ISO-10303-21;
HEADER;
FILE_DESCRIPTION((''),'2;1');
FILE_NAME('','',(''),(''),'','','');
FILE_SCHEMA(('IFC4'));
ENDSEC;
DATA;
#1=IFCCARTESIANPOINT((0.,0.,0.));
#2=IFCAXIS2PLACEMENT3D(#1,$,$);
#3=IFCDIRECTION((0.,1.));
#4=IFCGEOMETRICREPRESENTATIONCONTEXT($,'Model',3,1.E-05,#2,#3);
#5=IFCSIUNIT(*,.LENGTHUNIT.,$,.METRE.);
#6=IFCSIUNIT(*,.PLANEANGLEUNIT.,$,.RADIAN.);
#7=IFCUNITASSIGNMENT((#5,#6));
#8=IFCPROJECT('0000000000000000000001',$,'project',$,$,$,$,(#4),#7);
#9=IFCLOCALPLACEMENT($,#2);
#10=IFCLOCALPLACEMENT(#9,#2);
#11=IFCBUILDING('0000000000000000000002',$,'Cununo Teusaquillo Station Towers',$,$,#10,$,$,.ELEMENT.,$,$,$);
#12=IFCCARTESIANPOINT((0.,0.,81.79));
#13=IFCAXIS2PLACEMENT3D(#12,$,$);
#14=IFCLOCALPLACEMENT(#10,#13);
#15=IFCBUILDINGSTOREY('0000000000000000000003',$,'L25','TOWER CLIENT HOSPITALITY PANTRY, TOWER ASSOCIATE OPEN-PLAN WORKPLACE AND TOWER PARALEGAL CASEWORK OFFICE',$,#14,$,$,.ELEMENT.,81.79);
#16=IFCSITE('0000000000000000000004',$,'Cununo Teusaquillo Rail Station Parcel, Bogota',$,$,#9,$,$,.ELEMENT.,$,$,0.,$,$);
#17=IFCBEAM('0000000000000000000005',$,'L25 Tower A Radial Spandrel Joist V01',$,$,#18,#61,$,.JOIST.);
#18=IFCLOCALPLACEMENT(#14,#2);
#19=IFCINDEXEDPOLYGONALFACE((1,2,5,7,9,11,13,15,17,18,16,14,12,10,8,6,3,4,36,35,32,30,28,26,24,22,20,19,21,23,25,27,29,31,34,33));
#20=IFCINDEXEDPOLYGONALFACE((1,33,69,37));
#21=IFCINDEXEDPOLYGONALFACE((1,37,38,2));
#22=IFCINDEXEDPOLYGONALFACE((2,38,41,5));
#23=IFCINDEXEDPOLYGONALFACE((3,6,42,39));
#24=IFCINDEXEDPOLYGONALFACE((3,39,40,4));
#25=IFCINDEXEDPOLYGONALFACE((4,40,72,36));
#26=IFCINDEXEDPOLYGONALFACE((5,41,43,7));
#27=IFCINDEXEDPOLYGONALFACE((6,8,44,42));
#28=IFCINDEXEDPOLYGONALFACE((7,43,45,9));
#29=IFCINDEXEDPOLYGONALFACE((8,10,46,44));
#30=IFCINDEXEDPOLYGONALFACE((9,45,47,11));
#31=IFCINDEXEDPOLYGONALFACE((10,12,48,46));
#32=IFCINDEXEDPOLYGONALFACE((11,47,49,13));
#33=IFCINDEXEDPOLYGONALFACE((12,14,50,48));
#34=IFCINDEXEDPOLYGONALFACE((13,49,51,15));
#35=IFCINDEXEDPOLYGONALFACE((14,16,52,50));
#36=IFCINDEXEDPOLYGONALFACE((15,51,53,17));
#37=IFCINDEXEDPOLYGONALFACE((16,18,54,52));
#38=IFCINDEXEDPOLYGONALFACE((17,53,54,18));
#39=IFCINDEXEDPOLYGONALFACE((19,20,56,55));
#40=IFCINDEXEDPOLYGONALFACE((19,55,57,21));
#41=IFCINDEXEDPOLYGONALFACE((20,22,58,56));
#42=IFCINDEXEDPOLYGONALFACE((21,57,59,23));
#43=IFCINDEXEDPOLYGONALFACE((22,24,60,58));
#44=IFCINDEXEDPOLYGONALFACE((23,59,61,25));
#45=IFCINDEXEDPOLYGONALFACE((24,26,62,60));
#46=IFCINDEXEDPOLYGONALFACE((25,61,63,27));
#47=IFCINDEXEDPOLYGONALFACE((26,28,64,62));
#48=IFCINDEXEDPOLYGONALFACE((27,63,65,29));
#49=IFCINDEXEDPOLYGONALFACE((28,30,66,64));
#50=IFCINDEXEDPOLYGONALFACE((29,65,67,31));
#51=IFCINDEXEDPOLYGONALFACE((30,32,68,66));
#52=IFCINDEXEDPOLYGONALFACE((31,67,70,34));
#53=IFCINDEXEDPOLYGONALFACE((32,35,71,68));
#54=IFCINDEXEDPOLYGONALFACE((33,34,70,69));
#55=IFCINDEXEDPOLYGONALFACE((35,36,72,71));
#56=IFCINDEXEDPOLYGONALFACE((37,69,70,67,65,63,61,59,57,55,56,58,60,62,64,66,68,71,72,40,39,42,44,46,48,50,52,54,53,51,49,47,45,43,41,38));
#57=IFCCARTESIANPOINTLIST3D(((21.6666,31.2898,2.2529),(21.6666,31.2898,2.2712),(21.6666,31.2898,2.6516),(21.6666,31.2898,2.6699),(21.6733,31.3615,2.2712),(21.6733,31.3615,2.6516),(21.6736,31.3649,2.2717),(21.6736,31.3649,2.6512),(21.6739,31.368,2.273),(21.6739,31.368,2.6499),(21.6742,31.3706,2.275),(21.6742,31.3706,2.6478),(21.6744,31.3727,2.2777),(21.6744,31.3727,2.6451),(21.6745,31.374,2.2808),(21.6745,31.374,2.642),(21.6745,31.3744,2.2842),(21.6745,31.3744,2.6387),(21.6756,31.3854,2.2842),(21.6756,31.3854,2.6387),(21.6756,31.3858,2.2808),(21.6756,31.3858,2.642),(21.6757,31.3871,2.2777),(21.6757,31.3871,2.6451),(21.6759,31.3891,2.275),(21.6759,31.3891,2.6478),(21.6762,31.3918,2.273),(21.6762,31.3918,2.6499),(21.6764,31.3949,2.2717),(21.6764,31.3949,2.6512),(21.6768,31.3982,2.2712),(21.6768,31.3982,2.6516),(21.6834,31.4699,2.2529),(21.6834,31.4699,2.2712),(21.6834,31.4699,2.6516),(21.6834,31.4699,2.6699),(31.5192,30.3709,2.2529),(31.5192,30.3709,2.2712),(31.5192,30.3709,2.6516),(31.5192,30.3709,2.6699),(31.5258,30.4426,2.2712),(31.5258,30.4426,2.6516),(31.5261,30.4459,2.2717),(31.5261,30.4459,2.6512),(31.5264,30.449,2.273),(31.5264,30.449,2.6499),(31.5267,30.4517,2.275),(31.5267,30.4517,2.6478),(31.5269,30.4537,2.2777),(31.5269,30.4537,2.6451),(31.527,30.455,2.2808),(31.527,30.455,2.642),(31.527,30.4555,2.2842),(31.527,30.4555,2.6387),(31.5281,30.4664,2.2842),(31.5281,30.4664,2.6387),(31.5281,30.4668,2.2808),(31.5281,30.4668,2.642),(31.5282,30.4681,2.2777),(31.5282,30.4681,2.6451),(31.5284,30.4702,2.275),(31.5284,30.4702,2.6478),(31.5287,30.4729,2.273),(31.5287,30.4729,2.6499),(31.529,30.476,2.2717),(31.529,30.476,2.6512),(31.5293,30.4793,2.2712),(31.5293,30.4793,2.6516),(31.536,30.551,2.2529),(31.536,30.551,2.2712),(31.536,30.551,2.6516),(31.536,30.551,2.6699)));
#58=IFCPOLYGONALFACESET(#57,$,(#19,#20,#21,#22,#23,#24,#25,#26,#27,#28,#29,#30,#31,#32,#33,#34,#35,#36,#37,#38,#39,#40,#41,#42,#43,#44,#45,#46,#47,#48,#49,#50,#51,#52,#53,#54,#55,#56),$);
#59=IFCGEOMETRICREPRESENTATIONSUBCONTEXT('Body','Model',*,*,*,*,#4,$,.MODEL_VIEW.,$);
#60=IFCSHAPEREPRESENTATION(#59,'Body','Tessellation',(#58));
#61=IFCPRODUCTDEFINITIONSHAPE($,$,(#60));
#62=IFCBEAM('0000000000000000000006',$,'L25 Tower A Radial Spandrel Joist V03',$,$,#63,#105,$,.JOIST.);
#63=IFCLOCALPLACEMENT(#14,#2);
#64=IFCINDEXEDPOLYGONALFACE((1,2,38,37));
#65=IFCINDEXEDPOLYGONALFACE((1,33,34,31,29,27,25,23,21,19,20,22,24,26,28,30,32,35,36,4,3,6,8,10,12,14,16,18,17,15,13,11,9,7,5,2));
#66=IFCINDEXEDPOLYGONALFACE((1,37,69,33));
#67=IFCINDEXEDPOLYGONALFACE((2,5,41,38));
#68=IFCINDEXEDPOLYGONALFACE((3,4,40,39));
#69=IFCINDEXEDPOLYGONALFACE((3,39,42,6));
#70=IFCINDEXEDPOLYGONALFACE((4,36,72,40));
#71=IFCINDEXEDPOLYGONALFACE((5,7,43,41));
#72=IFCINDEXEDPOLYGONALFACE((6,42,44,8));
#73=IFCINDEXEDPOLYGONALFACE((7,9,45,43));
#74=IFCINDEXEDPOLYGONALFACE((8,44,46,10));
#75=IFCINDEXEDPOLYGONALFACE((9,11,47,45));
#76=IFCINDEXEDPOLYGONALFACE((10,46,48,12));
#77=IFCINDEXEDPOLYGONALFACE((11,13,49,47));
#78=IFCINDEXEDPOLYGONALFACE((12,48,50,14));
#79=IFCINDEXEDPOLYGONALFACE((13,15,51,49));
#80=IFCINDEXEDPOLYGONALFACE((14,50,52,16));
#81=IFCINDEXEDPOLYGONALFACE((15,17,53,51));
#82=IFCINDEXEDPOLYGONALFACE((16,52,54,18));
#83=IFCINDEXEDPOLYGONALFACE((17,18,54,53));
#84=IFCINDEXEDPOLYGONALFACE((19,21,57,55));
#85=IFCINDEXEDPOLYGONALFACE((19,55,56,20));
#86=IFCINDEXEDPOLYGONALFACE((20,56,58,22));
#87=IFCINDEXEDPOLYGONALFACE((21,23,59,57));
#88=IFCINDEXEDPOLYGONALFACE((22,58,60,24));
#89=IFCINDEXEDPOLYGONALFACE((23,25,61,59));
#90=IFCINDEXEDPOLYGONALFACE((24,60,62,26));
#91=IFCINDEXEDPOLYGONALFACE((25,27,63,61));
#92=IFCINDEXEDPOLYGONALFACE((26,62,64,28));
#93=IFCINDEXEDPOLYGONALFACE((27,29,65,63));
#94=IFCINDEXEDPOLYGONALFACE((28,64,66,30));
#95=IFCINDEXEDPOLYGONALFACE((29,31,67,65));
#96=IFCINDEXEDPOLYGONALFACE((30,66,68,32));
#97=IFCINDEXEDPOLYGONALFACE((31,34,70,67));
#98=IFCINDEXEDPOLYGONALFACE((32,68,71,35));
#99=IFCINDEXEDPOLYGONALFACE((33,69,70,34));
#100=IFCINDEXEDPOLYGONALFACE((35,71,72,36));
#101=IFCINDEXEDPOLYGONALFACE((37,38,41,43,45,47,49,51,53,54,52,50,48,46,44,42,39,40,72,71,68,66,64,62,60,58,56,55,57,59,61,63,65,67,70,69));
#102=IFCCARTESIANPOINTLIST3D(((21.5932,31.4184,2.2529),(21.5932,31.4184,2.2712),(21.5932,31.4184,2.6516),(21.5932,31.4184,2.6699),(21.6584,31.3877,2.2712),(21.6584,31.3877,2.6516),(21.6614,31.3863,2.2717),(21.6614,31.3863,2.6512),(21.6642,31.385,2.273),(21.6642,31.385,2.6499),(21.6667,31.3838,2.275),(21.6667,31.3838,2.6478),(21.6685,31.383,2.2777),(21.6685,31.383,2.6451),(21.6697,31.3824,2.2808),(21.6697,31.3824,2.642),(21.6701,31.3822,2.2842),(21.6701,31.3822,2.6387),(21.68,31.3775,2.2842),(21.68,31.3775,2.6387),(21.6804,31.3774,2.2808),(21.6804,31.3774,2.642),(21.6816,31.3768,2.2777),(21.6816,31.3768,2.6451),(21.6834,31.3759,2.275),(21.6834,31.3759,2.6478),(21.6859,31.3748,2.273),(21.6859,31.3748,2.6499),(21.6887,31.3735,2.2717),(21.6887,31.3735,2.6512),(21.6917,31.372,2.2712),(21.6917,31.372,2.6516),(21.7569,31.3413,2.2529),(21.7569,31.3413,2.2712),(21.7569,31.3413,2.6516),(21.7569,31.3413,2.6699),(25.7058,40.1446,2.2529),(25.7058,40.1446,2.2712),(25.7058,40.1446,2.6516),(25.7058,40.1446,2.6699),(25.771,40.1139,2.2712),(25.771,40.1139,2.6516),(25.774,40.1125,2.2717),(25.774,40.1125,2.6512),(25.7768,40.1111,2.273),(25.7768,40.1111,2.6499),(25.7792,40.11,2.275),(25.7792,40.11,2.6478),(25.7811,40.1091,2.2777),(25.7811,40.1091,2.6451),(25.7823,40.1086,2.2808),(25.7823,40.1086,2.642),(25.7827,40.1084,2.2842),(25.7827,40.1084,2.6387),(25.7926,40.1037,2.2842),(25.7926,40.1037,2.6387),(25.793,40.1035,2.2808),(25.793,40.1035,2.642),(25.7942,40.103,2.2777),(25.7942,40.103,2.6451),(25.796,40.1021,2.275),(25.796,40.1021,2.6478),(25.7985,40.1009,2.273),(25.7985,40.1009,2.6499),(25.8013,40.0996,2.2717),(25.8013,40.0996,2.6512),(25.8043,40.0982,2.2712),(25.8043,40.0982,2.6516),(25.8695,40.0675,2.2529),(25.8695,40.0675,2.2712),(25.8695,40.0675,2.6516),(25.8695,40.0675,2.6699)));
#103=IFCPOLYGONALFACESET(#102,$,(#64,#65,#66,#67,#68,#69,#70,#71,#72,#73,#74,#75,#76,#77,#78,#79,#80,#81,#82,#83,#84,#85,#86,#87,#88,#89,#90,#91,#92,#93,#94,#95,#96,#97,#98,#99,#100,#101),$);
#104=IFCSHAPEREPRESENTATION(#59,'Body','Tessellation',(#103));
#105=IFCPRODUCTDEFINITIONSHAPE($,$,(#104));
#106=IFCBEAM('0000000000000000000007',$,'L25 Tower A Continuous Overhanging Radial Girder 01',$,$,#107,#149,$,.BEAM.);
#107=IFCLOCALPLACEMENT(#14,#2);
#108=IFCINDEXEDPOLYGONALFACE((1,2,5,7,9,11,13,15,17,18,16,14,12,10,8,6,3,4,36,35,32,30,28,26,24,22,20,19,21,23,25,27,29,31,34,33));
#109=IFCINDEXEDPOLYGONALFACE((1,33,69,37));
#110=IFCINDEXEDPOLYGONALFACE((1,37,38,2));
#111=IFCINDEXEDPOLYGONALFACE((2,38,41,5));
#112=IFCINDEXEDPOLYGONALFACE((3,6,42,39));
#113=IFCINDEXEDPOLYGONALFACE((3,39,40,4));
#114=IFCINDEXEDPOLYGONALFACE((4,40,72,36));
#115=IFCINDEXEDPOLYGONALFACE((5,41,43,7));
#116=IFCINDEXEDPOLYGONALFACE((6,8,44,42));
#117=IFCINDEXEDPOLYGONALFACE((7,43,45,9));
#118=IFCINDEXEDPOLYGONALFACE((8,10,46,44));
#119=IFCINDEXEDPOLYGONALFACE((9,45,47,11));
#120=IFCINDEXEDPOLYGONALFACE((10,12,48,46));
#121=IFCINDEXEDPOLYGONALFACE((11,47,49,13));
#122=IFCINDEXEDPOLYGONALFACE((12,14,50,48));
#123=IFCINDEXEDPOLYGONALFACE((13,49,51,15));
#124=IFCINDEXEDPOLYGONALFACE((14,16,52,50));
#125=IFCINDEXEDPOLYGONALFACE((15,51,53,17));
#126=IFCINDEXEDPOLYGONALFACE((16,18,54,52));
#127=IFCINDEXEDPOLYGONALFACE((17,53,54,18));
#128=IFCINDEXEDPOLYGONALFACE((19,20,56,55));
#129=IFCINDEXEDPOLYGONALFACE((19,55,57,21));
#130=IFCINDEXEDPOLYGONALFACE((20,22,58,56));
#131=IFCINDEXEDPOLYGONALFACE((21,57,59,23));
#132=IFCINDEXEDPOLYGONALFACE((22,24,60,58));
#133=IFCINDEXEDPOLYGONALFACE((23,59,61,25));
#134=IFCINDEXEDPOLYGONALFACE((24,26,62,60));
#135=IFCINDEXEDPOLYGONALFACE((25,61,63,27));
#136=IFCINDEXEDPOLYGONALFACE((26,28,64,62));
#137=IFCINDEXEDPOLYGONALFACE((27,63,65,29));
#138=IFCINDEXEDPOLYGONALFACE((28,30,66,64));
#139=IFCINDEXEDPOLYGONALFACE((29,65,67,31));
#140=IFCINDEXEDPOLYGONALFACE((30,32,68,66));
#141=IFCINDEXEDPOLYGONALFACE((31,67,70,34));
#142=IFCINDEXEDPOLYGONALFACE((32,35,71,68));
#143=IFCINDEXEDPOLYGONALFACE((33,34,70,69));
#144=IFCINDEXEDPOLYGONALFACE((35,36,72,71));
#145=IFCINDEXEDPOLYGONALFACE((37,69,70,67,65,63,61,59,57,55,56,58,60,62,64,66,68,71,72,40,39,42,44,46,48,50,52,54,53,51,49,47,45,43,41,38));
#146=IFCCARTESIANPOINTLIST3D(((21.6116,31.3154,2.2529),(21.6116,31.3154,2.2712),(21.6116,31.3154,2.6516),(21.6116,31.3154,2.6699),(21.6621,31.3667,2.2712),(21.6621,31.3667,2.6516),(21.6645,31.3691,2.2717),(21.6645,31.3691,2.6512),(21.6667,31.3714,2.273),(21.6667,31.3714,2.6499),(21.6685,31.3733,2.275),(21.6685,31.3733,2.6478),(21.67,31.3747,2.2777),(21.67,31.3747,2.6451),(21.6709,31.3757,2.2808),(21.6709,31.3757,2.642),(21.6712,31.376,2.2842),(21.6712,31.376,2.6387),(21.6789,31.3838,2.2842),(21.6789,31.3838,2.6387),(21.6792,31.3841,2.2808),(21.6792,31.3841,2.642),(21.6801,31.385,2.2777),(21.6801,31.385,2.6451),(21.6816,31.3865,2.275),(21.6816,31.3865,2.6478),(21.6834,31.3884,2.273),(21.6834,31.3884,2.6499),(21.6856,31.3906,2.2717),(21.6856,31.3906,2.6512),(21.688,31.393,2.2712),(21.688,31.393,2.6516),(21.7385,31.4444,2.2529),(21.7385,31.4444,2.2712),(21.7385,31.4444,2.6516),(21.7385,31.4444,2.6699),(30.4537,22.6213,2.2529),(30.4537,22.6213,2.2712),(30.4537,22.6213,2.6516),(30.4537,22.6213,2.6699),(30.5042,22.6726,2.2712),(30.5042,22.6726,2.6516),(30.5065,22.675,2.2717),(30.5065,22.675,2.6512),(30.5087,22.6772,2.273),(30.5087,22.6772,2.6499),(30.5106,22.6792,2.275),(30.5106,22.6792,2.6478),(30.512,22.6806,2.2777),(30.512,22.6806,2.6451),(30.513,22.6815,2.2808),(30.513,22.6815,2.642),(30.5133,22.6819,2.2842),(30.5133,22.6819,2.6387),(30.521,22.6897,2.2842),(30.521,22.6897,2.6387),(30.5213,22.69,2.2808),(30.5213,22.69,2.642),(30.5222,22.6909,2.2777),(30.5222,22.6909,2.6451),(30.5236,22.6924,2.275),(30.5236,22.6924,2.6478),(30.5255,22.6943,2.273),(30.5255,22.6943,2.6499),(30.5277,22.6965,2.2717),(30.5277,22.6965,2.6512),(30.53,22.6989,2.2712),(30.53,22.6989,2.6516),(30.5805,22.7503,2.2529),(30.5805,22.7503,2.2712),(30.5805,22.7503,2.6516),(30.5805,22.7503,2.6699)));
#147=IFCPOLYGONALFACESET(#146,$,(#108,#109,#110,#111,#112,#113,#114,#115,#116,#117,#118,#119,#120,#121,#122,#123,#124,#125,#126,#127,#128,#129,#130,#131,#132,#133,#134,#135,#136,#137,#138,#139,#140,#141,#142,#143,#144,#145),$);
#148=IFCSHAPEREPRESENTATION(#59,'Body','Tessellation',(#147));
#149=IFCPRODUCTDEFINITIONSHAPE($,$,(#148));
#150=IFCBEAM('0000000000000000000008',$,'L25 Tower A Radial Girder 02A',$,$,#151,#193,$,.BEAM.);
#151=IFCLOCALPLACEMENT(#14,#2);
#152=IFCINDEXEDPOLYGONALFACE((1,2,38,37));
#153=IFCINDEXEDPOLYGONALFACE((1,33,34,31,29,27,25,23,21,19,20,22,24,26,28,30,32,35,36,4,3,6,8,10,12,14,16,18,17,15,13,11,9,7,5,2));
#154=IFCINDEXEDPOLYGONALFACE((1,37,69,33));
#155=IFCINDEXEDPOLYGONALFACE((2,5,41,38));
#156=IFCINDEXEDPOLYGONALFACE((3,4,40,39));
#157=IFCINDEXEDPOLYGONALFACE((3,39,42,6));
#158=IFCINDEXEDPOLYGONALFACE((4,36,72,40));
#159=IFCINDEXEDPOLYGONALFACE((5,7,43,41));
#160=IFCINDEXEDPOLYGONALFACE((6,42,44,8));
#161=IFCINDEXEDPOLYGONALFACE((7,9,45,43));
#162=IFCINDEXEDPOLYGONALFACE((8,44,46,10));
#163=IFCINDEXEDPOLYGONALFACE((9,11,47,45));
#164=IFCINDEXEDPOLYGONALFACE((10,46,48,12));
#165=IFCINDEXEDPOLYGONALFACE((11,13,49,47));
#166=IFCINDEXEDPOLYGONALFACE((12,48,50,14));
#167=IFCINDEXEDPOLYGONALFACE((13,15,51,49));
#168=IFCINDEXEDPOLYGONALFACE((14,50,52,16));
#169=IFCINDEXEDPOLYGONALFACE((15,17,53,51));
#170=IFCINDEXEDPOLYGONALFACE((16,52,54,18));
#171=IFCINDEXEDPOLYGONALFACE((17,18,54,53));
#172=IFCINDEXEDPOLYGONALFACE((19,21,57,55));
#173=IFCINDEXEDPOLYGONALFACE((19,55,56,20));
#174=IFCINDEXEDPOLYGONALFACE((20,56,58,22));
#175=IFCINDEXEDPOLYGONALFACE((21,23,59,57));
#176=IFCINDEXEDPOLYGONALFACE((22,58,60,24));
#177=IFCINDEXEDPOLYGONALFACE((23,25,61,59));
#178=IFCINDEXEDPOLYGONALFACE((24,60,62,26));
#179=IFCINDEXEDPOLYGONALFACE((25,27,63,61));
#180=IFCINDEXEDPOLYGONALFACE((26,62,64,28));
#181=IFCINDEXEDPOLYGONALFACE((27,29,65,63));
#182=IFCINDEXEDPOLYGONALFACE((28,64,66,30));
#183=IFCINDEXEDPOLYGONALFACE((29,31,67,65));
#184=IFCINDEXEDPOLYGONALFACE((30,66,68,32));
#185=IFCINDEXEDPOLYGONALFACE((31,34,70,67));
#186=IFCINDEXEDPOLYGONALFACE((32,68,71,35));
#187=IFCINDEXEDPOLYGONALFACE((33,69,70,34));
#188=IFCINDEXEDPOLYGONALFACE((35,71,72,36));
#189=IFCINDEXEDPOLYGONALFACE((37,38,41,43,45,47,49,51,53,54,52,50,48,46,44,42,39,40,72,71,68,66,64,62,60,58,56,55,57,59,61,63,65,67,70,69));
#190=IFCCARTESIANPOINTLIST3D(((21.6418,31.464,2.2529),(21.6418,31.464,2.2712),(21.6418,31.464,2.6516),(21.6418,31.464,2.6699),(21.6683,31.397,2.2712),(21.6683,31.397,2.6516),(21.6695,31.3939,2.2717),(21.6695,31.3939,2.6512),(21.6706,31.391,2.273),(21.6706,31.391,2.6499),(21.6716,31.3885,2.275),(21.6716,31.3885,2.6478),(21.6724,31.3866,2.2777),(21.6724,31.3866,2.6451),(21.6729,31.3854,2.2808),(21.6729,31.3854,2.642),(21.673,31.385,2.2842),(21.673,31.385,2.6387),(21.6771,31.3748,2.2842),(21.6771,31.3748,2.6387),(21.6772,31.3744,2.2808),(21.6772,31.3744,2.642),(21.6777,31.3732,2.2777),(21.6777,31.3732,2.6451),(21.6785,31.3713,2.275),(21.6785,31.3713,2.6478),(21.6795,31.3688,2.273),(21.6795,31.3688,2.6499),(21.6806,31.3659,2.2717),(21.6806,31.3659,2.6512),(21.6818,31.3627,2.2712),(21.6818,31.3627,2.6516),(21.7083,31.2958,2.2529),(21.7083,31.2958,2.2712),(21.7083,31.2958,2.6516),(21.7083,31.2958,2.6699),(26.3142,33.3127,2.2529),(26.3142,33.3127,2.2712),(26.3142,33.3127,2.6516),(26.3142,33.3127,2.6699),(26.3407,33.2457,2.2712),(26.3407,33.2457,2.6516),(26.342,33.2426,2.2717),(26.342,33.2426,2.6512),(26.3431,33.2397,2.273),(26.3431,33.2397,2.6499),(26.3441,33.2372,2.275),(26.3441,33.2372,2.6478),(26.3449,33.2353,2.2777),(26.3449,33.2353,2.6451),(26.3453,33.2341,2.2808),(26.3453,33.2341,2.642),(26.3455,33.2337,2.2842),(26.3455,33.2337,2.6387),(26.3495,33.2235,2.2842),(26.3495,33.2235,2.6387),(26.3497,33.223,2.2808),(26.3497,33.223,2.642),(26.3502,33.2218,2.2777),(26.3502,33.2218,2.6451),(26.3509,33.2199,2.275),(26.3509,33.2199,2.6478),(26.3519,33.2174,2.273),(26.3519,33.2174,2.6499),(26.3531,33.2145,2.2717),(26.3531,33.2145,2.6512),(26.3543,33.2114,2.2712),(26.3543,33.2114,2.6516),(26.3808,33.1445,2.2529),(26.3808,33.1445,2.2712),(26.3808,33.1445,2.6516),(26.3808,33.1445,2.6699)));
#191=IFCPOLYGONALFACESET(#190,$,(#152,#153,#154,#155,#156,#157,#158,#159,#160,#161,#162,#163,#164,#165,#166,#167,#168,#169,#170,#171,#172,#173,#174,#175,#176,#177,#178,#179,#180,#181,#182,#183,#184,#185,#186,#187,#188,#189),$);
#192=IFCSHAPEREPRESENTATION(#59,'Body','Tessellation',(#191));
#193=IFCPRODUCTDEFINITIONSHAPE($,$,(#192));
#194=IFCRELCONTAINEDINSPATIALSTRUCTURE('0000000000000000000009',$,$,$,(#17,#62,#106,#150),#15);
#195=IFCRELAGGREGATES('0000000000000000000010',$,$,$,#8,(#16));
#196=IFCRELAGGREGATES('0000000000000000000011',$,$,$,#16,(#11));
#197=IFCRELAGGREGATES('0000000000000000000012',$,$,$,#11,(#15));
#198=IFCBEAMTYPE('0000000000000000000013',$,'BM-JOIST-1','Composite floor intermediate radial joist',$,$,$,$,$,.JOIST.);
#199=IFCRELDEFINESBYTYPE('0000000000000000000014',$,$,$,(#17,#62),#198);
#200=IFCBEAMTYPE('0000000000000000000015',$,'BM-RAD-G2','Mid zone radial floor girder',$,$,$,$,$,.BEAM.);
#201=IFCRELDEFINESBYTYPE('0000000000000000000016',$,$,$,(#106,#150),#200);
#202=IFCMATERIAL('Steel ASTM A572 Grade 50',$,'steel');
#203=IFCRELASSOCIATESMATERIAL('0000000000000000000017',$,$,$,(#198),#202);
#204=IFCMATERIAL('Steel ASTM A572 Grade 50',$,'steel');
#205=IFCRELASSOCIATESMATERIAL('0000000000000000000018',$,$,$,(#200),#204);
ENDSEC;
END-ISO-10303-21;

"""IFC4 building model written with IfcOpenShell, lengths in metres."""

from ifc_helpers import new_model, si_unit, direction, frame, origin, origin_2d, place, context, subcontext, project, spatial, i_section, extrude, material, material_profile, profile_set, type_object, element, save


model = new_model("IFC4")

# Units and contexts
model_context = context("Model", 3, precision=1e-05, world=origin(), true_north=direction((0.0, 1.0)))
body_context = subcontext(model_context, "Body", "Model", "MODEL_VIEW")
ifc_project = project(units=[si_unit("LENGTHUNIT", "METRE"), si_unit("PLANEANGLEUNIT", "RADIAN")], contexts=[model_context])

# Site, building, storey
site_placement = place(None, origin())
site = spatial("IfcSite", under=ifc_project, at=site_placement, Name="Cununo Teusaquillo Rail Station Parcel, Bogota", CompositionType="ELEMENT", RefElevation=0.0)
building_placement = place(site_placement, origin())
building = spatial("IfcBuilding", under=site, at=building_placement, Name="Cununo Teusaquillo Station Towers", CompositionType="ELEMENT")
storey_placement = place(building_placement, frame((0.0, 0.0, 81.79)))
storey = spatial("IfcBuildingStorey", under=building, at=storey_placement, Name="L25", Description="TOWER CLIENT HOSPITALITY PANTRY, TOWER ASSOCIATE OPEN-PLAN WORKPLACE AND TOWER PARALEGAL CASEWORK OFFICE", CompositionType="ELEMENT", Elevation=81.79)

# Beams
ifc_material_1 = material(Name="Steel ASTM A572 Grade 50", Category="steel")
ifc_material_profile_1 = material_profile(ifc_material_1, i_section(OverallWidth=0.1809, OverallDepth=0.417, WebThickness=0.011, FlangeThickness=0.0183, FilletRadius=0.0129, at=origin_2d()), Name="W16X57")
ifc_profile_set_1 = profile_set([ifc_material_profile_1], Name="Steel ASTM A572 Grade 50")
beam_type_1 = type_object("IfcBeamType", Name="BM-JOIST-1", Description="Composite floor intermediate radial joist", PredefinedType="JOIST", material=ifc_profile_set_1)
beam_1_placement = place(storey_placement, frame((21.675, 31.3799, 2.4614), z_axis=(0.995679, -0.092867, 0.0), x_axis=(0.092867, 0.995679, 0.0)))
element("IfcBeam", 1, at=beam_1_placement, inside=storey, type_object=beam_type_1, Name="L25 Tower A Radial Spandrel Joist V01", PredefinedType="JOIST", context=body_context, shape_type="SweptSolid", body=[
    extrude(i_section(OverallWidth=0.1809, OverallDepth=0.417, WebThickness=0.011, FlangeThickness=0.0183, FilletRadius=0.0129, at=origin_2d()), origin(), (0.0, 0.0, 1.0), 9.8953),
])
beam_2_placement = place(storey_placement, frame((21.675, 31.3799, 2.4614), z_axis=(0.42632, 0.904572, 0.0), x_axis=(-0.904572, 0.42632, 0.0)))
element("IfcBeam", 2, at=beam_2_placement, inside=storey, type_object=beam_type_1, Name="L25 Tower A Radial Spandrel Joist V03", PredefinedType="JOIST", context=body_context, shape_type="SweptSolid", body=[
    extrude(i_section(OverallWidth=0.1809, OverallDepth=0.417, WebThickness=0.011, FlangeThickness=0.0183, FilletRadius=0.0129, at=origin_2d()), origin(), (0.0, 0.0, 1.0), 9.6467),
])
ifc_material_2 = material(Name="Steel ASTM A572 Grade 50", Category="steel")
ifc_material_profile_2 = material_profile(ifc_material_2, i_section(OverallWidth=0.1809, OverallDepth=0.417, WebThickness=0.011, FlangeThickness=0.0183, FilletRadius=0.0129, at=origin_2d()), Name="W16X57")
ifc_profile_set_2 = profile_set([ifc_material_profile_2], Name="Steel ASTM A572 Grade 50")
beam_type_2 = type_object("IfcBeamType", Name="BM-RAD-G2", Description="Mid zone radial floor girder", PredefinedType="BEAM", material=ifc_profile_set_2)
beam_3_placement = place(storey_placement, frame((21.675, 31.3799, 2.4614), z_axis=(0.713047, -0.701116, 0.0), x_axis=(0.701116, 0.713047, 0.0)))
element("IfcBeam", 3, at=beam_3_placement, inside=storey, type_object=beam_type_2, Name="L25 Tower A Continuous Overhanging Radial Girder 01", PredefinedType="BEAM", context=body_context, shape_type="SweptSolid", body=[
    extrude(i_section(OverallWidth=0.1809, OverallDepth=0.417, WebThickness=0.011, FlangeThickness=0.0183, FilletRadius=0.0129, at=origin_2d()), origin(), (0.0, 0.0, 1.0), 12.4004),
])
beam_4_placement = place(storey_placement, frame((21.675, 31.3799, 2.4614), z_axis=(0.929864, 0.367903, 0.0), x_axis=(-0.367903, 0.929864, 0.0)))
element("IfcBeam", 4, at=beam_4_placement, inside=storey, type_object=beam_type_2, Name="L25 Tower A Radial Girder 02A", PredefinedType="BEAM", context=body_context, shape_type="SweptSolid", body=[
    extrude(i_section(OverallWidth=0.1809, OverallDepth=0.417, WebThickness=0.011, FlangeThickness=0.0183, FilletRadius=0.0129, at=origin_2d()), origin(), (0.0, 0.0, 1.0), 5.0249),
])

save(model, "model.ifc")
